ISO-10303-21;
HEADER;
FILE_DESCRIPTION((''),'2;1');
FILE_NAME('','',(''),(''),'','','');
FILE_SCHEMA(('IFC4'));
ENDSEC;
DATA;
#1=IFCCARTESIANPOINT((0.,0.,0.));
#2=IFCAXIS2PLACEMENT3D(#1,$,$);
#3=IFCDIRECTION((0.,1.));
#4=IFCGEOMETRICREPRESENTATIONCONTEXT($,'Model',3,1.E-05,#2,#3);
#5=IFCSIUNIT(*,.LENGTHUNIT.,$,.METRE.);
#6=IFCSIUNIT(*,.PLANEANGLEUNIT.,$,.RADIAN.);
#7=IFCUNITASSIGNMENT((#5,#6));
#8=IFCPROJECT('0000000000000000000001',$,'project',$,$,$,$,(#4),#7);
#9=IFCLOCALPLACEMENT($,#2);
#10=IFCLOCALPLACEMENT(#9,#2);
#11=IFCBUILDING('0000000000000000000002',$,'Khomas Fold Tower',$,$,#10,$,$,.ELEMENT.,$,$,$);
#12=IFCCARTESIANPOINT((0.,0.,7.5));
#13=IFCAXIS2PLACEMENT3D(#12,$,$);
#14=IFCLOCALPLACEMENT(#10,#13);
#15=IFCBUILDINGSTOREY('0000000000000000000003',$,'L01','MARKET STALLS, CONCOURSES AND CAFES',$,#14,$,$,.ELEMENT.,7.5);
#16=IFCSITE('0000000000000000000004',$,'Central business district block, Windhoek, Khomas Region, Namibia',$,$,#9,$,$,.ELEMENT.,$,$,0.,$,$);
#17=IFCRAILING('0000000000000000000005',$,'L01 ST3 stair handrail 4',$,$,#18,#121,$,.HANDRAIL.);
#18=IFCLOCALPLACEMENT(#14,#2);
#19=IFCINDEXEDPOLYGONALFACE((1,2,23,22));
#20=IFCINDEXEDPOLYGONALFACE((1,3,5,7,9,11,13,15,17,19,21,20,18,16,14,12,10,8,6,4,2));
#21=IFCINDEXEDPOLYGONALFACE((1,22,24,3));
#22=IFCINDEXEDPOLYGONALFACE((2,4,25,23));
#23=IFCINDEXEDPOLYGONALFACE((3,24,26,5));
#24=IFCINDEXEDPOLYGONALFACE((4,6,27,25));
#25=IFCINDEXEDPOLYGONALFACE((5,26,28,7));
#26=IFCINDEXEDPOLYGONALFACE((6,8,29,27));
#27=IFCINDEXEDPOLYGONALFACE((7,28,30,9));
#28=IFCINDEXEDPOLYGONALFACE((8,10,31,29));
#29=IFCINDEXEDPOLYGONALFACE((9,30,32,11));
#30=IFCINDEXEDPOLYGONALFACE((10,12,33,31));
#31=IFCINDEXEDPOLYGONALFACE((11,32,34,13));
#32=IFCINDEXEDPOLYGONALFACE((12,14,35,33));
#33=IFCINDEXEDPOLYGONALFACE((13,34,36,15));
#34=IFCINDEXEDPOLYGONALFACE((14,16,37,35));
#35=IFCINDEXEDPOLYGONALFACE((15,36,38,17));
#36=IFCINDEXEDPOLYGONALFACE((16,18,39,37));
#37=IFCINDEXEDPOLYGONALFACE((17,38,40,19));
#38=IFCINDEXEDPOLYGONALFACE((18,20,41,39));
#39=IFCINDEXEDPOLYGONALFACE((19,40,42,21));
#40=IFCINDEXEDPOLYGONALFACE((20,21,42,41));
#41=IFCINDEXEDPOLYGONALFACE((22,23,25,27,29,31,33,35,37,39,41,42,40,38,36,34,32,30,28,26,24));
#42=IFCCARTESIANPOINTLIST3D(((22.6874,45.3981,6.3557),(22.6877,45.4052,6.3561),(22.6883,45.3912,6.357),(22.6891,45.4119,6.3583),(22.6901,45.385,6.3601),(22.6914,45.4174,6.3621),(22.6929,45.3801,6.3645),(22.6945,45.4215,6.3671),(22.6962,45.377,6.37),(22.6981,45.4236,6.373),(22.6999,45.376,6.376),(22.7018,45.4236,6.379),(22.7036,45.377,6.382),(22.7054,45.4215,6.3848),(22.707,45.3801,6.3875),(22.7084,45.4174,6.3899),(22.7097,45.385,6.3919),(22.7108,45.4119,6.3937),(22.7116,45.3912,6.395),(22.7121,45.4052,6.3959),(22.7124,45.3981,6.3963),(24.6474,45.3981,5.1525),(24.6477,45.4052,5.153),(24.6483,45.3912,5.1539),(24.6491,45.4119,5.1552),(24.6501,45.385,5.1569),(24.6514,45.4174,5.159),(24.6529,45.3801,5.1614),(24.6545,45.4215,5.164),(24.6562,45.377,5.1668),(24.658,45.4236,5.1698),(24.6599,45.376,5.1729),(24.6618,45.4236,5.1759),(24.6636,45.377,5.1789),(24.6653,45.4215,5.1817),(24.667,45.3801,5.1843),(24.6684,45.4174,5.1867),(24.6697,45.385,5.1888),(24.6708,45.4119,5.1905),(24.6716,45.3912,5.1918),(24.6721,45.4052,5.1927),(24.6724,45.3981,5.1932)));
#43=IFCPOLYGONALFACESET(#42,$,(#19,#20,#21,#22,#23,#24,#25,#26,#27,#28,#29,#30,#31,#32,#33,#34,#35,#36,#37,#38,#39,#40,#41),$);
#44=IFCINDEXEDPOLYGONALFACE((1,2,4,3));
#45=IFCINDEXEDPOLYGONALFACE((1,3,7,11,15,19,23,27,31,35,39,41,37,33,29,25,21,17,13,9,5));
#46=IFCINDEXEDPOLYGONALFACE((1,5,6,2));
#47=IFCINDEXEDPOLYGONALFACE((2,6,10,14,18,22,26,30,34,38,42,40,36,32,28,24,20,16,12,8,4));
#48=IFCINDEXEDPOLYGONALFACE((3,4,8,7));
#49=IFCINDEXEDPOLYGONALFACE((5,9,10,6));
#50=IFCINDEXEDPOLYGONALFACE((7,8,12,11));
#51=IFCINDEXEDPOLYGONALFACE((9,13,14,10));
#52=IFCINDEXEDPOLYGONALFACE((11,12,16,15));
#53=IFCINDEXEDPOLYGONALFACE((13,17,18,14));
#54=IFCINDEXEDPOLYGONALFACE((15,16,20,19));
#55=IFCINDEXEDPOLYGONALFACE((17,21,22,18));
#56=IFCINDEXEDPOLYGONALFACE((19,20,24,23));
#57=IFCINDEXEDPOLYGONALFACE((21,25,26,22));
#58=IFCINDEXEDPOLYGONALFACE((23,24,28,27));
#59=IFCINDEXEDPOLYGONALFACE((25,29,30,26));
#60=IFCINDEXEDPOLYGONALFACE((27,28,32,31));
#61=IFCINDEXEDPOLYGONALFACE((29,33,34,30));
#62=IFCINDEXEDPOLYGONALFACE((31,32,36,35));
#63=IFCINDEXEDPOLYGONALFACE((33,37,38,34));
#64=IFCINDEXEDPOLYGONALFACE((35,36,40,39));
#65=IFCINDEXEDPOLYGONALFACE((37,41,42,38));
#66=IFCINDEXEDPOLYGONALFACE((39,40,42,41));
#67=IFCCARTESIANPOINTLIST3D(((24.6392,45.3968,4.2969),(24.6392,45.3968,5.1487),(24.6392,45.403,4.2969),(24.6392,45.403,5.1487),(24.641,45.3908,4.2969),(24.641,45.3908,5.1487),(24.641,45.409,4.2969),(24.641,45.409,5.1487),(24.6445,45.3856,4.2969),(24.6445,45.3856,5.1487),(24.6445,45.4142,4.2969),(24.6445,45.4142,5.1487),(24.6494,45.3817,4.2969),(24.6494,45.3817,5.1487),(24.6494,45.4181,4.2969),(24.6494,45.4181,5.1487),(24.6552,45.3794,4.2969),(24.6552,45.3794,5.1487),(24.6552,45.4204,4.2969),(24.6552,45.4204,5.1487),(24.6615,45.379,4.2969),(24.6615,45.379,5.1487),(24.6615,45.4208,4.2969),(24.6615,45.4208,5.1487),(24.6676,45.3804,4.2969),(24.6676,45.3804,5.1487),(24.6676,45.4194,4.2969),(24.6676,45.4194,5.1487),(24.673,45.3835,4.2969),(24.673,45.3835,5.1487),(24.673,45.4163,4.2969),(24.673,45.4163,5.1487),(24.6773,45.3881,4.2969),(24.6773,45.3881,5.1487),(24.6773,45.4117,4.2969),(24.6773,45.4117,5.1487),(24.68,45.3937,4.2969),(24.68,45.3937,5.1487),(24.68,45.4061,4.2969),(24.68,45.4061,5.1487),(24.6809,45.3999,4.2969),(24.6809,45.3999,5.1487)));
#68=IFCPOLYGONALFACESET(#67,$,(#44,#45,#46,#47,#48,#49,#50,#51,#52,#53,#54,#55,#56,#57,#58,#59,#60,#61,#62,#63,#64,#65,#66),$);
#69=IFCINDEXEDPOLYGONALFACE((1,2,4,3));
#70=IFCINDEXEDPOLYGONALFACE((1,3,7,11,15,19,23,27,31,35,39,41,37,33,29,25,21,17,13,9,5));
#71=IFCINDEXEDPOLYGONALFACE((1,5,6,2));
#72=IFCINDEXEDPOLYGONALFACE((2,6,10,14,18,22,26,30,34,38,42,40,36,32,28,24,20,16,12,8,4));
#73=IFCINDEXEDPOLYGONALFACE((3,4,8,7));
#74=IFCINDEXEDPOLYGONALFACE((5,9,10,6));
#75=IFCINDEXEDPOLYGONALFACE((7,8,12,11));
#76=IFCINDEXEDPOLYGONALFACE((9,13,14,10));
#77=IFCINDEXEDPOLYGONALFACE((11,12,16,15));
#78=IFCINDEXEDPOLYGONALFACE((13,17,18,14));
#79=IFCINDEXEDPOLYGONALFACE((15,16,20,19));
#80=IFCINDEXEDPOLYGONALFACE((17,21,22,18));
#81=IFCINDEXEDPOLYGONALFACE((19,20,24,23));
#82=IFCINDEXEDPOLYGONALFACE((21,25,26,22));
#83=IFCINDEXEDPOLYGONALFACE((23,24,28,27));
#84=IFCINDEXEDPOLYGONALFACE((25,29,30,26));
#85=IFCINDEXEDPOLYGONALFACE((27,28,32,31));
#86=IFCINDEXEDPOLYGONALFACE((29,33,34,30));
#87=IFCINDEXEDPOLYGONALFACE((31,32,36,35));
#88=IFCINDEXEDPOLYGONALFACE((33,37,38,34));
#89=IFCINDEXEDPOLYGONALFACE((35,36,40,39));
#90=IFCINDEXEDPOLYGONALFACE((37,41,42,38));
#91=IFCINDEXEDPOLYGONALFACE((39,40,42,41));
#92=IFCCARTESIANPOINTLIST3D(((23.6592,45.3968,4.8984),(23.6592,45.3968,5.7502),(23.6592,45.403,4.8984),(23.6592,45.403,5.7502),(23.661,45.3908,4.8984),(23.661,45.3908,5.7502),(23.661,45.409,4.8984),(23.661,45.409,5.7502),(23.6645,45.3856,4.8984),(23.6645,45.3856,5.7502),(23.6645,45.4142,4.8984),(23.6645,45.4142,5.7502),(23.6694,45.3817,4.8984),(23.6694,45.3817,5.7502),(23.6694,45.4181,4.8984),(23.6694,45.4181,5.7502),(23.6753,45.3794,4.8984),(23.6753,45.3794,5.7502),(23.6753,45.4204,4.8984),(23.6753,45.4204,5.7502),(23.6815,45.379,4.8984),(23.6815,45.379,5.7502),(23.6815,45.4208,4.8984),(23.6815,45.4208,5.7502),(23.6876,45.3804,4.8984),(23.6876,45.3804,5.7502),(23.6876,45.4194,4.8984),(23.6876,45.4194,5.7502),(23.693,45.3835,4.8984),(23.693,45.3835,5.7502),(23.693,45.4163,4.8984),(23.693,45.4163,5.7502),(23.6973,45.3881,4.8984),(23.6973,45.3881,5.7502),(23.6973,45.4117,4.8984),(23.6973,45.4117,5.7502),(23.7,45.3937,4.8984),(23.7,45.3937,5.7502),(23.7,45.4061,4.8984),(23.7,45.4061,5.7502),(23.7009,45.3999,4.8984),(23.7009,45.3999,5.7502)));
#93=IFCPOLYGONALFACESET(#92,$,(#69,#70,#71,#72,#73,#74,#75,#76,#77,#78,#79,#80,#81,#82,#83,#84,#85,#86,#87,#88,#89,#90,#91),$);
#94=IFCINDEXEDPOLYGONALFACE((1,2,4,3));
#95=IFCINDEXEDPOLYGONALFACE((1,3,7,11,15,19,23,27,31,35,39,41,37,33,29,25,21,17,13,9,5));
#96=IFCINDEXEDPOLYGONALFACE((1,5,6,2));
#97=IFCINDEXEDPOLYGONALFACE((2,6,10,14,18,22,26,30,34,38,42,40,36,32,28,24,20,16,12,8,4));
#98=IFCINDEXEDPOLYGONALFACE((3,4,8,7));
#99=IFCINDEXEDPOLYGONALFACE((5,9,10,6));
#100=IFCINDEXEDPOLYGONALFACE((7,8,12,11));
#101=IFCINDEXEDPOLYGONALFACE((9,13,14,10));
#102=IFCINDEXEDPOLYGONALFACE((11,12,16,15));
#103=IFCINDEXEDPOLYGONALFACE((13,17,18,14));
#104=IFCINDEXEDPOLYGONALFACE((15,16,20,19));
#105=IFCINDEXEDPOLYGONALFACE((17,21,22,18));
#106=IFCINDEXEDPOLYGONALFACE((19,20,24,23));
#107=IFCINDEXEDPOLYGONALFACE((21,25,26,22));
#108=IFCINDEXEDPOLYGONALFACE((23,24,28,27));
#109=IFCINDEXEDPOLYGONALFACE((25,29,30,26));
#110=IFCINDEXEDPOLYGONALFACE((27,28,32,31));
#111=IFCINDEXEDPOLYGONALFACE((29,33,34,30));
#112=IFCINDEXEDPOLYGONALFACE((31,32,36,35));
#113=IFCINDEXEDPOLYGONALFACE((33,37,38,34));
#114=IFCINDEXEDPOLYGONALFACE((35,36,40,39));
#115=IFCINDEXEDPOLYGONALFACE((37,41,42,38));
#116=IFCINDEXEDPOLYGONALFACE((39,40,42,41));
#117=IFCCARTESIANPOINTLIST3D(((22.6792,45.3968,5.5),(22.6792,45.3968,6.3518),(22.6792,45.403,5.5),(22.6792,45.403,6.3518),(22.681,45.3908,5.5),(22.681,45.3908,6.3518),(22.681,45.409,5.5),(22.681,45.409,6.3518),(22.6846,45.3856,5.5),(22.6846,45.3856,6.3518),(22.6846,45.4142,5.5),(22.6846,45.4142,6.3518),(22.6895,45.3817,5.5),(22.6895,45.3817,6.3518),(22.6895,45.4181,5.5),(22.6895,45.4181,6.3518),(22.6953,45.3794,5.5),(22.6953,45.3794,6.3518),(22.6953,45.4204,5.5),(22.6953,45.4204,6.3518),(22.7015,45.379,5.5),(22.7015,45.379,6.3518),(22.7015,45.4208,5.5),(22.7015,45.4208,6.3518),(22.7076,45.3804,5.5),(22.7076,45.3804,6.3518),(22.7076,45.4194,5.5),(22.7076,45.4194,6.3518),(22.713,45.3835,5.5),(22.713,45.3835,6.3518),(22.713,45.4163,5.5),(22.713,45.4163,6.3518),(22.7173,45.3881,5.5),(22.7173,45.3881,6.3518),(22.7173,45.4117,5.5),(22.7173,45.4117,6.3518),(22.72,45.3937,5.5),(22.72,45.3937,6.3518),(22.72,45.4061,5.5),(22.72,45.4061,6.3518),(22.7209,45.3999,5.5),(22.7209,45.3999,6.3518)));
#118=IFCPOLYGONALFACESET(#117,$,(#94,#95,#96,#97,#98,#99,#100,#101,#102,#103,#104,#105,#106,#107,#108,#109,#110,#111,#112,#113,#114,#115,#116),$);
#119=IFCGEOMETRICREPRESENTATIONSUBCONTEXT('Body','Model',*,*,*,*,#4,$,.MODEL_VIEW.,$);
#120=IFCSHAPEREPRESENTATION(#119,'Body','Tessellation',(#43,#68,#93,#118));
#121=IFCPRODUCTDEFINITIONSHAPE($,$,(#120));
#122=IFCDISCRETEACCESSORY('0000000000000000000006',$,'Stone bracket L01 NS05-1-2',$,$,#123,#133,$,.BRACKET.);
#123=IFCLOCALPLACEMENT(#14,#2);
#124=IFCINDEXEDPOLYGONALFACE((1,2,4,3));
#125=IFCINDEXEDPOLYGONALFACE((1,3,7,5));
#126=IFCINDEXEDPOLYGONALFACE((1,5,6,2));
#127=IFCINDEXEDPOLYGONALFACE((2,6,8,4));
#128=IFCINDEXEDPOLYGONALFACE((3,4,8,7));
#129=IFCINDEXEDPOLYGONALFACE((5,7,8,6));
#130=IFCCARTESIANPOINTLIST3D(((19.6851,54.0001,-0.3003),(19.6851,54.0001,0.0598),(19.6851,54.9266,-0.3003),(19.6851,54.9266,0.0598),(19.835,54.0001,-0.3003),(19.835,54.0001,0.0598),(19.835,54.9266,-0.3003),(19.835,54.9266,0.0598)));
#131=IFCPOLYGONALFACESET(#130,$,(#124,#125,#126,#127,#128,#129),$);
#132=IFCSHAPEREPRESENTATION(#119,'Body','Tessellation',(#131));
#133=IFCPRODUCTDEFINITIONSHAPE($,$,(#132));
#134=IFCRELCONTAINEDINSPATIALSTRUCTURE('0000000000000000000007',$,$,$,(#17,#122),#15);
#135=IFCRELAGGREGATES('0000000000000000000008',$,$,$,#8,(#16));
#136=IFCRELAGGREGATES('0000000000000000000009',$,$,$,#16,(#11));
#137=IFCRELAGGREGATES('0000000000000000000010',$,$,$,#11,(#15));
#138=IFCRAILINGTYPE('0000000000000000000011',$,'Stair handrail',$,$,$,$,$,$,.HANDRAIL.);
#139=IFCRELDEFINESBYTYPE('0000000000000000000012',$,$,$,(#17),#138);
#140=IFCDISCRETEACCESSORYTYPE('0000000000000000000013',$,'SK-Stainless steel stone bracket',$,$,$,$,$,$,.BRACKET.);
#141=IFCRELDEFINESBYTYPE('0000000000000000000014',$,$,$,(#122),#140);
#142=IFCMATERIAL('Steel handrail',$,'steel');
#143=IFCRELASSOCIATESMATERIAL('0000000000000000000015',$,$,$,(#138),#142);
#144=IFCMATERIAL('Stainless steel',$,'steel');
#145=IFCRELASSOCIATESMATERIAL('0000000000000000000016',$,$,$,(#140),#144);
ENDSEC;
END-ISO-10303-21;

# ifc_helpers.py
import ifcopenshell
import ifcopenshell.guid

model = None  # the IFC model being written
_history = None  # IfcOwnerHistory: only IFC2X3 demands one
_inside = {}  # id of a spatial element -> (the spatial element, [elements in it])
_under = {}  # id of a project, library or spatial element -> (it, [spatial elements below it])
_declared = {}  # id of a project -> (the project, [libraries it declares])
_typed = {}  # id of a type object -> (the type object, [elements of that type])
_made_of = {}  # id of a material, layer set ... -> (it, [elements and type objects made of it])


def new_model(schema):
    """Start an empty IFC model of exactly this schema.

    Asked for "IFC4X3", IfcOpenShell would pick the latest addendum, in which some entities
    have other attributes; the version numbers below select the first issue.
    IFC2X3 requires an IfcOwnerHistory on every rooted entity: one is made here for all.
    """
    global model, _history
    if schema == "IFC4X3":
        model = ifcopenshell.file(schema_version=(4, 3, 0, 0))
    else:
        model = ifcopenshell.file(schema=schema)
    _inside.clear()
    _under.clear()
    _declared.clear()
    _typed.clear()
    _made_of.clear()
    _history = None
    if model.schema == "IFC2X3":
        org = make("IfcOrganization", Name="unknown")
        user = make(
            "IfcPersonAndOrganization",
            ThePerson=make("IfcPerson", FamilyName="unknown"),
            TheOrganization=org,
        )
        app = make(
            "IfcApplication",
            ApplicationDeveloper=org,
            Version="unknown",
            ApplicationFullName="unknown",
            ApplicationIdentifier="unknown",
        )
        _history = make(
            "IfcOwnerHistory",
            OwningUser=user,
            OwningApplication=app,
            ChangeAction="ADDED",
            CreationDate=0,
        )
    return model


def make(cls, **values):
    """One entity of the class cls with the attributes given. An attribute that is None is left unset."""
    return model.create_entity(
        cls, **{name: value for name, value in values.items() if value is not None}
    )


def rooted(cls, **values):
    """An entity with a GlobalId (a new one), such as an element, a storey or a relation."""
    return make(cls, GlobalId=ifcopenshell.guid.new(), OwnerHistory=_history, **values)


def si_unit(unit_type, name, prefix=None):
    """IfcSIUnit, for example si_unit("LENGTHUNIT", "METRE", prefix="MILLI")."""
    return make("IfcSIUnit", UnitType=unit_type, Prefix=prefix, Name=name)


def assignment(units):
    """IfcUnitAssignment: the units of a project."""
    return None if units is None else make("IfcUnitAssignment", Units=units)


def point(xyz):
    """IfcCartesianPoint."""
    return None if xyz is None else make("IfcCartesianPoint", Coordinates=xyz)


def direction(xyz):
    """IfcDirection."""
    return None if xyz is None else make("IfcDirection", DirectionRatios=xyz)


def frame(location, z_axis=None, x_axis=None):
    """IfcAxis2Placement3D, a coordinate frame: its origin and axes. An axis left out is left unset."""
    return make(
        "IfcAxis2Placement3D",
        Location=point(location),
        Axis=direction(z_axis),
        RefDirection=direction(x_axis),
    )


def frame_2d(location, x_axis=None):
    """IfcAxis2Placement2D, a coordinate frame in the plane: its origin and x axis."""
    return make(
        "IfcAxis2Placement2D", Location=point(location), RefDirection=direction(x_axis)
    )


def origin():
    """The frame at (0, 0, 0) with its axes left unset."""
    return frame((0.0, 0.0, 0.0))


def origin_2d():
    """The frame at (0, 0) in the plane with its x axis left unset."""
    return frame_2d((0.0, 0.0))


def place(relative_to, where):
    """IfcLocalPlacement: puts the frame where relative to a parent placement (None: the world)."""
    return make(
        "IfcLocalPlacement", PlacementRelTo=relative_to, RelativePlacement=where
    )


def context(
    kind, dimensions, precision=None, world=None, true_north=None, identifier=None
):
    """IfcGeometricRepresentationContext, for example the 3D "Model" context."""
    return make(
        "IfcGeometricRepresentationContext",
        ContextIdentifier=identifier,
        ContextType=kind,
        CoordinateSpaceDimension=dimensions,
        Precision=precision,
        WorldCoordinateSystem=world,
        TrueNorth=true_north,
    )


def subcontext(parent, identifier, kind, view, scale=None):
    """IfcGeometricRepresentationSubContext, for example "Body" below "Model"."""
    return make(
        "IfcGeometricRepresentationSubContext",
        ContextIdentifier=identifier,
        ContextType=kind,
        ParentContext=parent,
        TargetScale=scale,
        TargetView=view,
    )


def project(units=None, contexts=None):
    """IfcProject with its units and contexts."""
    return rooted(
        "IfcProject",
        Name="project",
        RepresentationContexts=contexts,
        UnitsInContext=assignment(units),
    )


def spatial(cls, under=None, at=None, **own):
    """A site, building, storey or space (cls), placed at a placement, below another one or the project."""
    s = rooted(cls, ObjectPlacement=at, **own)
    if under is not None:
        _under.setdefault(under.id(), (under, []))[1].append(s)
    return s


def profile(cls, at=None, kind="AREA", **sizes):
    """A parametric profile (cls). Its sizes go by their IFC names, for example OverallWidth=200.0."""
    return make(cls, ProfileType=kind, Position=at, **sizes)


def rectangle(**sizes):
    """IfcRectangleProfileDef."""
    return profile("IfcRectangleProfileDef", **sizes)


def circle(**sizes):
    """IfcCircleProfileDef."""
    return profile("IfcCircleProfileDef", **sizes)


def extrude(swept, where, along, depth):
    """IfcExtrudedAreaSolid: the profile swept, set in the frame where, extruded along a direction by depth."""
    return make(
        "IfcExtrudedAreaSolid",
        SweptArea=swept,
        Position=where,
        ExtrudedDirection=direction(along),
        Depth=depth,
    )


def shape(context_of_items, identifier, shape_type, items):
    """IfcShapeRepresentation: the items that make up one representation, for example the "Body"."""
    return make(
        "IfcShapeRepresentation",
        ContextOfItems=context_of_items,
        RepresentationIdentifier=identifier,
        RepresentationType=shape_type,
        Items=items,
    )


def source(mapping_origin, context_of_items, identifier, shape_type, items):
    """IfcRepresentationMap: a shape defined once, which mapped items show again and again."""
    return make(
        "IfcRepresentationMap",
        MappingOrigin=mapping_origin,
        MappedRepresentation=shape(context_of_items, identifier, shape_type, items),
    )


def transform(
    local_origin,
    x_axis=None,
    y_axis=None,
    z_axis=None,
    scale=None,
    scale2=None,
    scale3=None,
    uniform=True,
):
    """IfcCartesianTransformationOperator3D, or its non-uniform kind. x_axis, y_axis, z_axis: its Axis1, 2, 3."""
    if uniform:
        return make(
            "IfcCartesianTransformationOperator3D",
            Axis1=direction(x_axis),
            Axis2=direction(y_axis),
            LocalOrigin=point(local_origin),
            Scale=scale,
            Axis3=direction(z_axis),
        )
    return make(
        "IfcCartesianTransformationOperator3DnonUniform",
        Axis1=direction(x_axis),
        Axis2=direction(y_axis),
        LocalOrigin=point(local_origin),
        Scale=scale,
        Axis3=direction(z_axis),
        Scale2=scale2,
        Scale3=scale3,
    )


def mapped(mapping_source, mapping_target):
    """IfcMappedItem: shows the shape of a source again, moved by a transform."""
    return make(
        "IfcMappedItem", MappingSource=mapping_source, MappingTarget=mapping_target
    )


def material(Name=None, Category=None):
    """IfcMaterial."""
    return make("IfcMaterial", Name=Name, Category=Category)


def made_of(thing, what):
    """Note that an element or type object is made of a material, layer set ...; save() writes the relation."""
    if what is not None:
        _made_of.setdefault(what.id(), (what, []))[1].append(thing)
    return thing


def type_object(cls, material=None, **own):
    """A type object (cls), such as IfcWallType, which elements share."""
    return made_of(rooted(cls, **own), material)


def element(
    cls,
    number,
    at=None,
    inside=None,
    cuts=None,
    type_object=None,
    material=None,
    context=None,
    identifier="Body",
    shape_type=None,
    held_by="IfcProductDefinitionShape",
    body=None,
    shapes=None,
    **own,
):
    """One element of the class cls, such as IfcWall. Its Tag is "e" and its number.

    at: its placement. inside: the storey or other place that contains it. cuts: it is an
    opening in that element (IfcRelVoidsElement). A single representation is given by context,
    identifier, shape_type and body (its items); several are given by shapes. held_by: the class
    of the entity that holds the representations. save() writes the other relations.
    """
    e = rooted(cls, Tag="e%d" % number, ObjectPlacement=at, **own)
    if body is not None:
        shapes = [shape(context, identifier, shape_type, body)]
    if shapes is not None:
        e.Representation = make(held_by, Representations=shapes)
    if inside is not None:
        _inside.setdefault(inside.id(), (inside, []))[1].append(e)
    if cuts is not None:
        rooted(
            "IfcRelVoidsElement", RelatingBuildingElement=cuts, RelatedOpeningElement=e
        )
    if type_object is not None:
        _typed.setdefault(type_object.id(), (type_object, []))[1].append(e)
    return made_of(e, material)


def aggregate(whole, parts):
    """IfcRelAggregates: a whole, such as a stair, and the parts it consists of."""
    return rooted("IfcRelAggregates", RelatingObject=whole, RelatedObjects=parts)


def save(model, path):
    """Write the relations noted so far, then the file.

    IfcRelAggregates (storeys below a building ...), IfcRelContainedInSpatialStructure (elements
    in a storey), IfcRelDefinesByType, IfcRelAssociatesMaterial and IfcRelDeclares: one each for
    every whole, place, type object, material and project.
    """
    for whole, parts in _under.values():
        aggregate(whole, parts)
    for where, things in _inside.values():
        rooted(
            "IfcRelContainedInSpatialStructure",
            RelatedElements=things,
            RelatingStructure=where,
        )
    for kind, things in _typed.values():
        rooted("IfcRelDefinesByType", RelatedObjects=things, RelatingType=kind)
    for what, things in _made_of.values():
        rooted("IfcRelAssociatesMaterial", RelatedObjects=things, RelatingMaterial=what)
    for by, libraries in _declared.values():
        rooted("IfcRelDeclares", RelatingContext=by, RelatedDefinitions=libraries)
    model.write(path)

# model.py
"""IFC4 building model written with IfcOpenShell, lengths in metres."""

from ifc_helpers import new_model, si_unit, direction, frame, origin, origin_2d, place, context, subcontext, project, spatial, rectangle, circle, extrude, source, transform, mapped, material, type_object, element, save


model = new_model("IFC4")

# Units and contexts
model_context = context("Model", 3, precision=1e-05, world=origin(), true_north=direction((0.0, 1.0)))
body_context = subcontext(model_context, "Body", "Model", "MODEL_VIEW")
ifc_project = project(units=[si_unit("LENGTHUNIT", "METRE"), si_unit("PLANEANGLEUNIT", "RADIAN")], contexts=[model_context])

# Site, building, storey
site_placement = place(None, origin())
site = spatial("IfcSite", under=ifc_project, at=site_placement, Name="Central business district block, Windhoek, Khomas Region, Namibia", CompositionType="ELEMENT", RefElevation=0.0)
building_placement = place(site_placement, origin())
building = spatial("IfcBuilding", under=site, at=building_placement, Name="Khomas Fold Tower", CompositionType="ELEMENT")
storey_placement = place(building_placement, frame((0.0, 0.0, 7.5)))
storey = spatial("IfcBuildingStorey", under=building, at=storey_placement, Name="L01", Description="MARKET STALLS, CONCOURSES AND CAFES", CompositionType="ELEMENT", Elevation=7.5)

# Railing
ifc_material_1 = material(Name="Steel handrail", Category="steel")
railing_type_1 = type_object("IfcRailingType", Name="Stair handrail", PredefinedType="HANDRAIL", material=ifc_material_1)
shared_shape_1 = source(origin(), body_context, "Body", "SweptSolid", [
    extrude(circle(Radius=0.0239, at=origin_2d()), frame((0.0, 0.0, 0.876), z_axis=(-0.852241, 0.0, 0.523149), x_axis=(0.0, -1.0, 0.0)), (0.0, 0.0, 1.0), 2.2998),
    extrude(circle(Radius=0.021, at=origin_2d()), origin(), (0.0, 0.0, 1.0), 0.8518),
    extrude(circle(Radius=0.021, at=origin_2d()), frame((-0.98, 0.0, 0.6016)), (0.0, 0.0, 1.0), 0.8518),
    extrude(circle(Radius=0.021, at=origin_2d()), frame((-1.96, 0.0, 1.2031)), (0.0, 0.0, 1.0), 0.8518),
])
for number, where, name in (
    (1, (24.6599, 45.3999, 4.2969), "L01 ST3 stair handrail 4"),
):
    element("IfcRailing", number, at=place(storey_placement, frame(where)), inside=storey, type_object=railing_type_1, Name=name, PredefinedType="HANDRAIL", context=body_context, shape_type="MappedRepresentation", body=[
        mapped(shared_shape_1, transform((0.0, 0.0, 0.0))),
    ])

# Discrete accessory
ifc_material_2 = material(Name="Stainless steel", Category="steel")
discrete_accessory_type = type_object("IfcDiscreteAccessoryType", Name="SK-Stainless steel stone bracket", PredefinedType="BRACKET", material=ifc_material_2)
shared_shape_2 = source(origin(), body_context, "Body", "SweptSolid", [
    extrude(rectangle(XDim=0.9265, YDim=0.1499, at=origin_2d()), origin(), (0.0, 0.0, 1.0), 0.3601),
])
discrete_accessory_placement = place(storey_placement, frame((19.76, 54.4634, -0.3003), z_axis=(0.0, 0.0, 1.0), x_axis=(0.0, 1.0, 0.0)))
element("IfcDiscreteAccessory", 2, at=discrete_accessory_placement, inside=storey, type_object=discrete_accessory_type, Name="Stone bracket L01 NS05-1-2", PredefinedType="BRACKET", context=body_context, shape_type="MappedRepresentation", body=[
    mapped(shared_shape_2, transform((0.0, 0.0, 0.0))),
])

save(model, "model.ifc")
